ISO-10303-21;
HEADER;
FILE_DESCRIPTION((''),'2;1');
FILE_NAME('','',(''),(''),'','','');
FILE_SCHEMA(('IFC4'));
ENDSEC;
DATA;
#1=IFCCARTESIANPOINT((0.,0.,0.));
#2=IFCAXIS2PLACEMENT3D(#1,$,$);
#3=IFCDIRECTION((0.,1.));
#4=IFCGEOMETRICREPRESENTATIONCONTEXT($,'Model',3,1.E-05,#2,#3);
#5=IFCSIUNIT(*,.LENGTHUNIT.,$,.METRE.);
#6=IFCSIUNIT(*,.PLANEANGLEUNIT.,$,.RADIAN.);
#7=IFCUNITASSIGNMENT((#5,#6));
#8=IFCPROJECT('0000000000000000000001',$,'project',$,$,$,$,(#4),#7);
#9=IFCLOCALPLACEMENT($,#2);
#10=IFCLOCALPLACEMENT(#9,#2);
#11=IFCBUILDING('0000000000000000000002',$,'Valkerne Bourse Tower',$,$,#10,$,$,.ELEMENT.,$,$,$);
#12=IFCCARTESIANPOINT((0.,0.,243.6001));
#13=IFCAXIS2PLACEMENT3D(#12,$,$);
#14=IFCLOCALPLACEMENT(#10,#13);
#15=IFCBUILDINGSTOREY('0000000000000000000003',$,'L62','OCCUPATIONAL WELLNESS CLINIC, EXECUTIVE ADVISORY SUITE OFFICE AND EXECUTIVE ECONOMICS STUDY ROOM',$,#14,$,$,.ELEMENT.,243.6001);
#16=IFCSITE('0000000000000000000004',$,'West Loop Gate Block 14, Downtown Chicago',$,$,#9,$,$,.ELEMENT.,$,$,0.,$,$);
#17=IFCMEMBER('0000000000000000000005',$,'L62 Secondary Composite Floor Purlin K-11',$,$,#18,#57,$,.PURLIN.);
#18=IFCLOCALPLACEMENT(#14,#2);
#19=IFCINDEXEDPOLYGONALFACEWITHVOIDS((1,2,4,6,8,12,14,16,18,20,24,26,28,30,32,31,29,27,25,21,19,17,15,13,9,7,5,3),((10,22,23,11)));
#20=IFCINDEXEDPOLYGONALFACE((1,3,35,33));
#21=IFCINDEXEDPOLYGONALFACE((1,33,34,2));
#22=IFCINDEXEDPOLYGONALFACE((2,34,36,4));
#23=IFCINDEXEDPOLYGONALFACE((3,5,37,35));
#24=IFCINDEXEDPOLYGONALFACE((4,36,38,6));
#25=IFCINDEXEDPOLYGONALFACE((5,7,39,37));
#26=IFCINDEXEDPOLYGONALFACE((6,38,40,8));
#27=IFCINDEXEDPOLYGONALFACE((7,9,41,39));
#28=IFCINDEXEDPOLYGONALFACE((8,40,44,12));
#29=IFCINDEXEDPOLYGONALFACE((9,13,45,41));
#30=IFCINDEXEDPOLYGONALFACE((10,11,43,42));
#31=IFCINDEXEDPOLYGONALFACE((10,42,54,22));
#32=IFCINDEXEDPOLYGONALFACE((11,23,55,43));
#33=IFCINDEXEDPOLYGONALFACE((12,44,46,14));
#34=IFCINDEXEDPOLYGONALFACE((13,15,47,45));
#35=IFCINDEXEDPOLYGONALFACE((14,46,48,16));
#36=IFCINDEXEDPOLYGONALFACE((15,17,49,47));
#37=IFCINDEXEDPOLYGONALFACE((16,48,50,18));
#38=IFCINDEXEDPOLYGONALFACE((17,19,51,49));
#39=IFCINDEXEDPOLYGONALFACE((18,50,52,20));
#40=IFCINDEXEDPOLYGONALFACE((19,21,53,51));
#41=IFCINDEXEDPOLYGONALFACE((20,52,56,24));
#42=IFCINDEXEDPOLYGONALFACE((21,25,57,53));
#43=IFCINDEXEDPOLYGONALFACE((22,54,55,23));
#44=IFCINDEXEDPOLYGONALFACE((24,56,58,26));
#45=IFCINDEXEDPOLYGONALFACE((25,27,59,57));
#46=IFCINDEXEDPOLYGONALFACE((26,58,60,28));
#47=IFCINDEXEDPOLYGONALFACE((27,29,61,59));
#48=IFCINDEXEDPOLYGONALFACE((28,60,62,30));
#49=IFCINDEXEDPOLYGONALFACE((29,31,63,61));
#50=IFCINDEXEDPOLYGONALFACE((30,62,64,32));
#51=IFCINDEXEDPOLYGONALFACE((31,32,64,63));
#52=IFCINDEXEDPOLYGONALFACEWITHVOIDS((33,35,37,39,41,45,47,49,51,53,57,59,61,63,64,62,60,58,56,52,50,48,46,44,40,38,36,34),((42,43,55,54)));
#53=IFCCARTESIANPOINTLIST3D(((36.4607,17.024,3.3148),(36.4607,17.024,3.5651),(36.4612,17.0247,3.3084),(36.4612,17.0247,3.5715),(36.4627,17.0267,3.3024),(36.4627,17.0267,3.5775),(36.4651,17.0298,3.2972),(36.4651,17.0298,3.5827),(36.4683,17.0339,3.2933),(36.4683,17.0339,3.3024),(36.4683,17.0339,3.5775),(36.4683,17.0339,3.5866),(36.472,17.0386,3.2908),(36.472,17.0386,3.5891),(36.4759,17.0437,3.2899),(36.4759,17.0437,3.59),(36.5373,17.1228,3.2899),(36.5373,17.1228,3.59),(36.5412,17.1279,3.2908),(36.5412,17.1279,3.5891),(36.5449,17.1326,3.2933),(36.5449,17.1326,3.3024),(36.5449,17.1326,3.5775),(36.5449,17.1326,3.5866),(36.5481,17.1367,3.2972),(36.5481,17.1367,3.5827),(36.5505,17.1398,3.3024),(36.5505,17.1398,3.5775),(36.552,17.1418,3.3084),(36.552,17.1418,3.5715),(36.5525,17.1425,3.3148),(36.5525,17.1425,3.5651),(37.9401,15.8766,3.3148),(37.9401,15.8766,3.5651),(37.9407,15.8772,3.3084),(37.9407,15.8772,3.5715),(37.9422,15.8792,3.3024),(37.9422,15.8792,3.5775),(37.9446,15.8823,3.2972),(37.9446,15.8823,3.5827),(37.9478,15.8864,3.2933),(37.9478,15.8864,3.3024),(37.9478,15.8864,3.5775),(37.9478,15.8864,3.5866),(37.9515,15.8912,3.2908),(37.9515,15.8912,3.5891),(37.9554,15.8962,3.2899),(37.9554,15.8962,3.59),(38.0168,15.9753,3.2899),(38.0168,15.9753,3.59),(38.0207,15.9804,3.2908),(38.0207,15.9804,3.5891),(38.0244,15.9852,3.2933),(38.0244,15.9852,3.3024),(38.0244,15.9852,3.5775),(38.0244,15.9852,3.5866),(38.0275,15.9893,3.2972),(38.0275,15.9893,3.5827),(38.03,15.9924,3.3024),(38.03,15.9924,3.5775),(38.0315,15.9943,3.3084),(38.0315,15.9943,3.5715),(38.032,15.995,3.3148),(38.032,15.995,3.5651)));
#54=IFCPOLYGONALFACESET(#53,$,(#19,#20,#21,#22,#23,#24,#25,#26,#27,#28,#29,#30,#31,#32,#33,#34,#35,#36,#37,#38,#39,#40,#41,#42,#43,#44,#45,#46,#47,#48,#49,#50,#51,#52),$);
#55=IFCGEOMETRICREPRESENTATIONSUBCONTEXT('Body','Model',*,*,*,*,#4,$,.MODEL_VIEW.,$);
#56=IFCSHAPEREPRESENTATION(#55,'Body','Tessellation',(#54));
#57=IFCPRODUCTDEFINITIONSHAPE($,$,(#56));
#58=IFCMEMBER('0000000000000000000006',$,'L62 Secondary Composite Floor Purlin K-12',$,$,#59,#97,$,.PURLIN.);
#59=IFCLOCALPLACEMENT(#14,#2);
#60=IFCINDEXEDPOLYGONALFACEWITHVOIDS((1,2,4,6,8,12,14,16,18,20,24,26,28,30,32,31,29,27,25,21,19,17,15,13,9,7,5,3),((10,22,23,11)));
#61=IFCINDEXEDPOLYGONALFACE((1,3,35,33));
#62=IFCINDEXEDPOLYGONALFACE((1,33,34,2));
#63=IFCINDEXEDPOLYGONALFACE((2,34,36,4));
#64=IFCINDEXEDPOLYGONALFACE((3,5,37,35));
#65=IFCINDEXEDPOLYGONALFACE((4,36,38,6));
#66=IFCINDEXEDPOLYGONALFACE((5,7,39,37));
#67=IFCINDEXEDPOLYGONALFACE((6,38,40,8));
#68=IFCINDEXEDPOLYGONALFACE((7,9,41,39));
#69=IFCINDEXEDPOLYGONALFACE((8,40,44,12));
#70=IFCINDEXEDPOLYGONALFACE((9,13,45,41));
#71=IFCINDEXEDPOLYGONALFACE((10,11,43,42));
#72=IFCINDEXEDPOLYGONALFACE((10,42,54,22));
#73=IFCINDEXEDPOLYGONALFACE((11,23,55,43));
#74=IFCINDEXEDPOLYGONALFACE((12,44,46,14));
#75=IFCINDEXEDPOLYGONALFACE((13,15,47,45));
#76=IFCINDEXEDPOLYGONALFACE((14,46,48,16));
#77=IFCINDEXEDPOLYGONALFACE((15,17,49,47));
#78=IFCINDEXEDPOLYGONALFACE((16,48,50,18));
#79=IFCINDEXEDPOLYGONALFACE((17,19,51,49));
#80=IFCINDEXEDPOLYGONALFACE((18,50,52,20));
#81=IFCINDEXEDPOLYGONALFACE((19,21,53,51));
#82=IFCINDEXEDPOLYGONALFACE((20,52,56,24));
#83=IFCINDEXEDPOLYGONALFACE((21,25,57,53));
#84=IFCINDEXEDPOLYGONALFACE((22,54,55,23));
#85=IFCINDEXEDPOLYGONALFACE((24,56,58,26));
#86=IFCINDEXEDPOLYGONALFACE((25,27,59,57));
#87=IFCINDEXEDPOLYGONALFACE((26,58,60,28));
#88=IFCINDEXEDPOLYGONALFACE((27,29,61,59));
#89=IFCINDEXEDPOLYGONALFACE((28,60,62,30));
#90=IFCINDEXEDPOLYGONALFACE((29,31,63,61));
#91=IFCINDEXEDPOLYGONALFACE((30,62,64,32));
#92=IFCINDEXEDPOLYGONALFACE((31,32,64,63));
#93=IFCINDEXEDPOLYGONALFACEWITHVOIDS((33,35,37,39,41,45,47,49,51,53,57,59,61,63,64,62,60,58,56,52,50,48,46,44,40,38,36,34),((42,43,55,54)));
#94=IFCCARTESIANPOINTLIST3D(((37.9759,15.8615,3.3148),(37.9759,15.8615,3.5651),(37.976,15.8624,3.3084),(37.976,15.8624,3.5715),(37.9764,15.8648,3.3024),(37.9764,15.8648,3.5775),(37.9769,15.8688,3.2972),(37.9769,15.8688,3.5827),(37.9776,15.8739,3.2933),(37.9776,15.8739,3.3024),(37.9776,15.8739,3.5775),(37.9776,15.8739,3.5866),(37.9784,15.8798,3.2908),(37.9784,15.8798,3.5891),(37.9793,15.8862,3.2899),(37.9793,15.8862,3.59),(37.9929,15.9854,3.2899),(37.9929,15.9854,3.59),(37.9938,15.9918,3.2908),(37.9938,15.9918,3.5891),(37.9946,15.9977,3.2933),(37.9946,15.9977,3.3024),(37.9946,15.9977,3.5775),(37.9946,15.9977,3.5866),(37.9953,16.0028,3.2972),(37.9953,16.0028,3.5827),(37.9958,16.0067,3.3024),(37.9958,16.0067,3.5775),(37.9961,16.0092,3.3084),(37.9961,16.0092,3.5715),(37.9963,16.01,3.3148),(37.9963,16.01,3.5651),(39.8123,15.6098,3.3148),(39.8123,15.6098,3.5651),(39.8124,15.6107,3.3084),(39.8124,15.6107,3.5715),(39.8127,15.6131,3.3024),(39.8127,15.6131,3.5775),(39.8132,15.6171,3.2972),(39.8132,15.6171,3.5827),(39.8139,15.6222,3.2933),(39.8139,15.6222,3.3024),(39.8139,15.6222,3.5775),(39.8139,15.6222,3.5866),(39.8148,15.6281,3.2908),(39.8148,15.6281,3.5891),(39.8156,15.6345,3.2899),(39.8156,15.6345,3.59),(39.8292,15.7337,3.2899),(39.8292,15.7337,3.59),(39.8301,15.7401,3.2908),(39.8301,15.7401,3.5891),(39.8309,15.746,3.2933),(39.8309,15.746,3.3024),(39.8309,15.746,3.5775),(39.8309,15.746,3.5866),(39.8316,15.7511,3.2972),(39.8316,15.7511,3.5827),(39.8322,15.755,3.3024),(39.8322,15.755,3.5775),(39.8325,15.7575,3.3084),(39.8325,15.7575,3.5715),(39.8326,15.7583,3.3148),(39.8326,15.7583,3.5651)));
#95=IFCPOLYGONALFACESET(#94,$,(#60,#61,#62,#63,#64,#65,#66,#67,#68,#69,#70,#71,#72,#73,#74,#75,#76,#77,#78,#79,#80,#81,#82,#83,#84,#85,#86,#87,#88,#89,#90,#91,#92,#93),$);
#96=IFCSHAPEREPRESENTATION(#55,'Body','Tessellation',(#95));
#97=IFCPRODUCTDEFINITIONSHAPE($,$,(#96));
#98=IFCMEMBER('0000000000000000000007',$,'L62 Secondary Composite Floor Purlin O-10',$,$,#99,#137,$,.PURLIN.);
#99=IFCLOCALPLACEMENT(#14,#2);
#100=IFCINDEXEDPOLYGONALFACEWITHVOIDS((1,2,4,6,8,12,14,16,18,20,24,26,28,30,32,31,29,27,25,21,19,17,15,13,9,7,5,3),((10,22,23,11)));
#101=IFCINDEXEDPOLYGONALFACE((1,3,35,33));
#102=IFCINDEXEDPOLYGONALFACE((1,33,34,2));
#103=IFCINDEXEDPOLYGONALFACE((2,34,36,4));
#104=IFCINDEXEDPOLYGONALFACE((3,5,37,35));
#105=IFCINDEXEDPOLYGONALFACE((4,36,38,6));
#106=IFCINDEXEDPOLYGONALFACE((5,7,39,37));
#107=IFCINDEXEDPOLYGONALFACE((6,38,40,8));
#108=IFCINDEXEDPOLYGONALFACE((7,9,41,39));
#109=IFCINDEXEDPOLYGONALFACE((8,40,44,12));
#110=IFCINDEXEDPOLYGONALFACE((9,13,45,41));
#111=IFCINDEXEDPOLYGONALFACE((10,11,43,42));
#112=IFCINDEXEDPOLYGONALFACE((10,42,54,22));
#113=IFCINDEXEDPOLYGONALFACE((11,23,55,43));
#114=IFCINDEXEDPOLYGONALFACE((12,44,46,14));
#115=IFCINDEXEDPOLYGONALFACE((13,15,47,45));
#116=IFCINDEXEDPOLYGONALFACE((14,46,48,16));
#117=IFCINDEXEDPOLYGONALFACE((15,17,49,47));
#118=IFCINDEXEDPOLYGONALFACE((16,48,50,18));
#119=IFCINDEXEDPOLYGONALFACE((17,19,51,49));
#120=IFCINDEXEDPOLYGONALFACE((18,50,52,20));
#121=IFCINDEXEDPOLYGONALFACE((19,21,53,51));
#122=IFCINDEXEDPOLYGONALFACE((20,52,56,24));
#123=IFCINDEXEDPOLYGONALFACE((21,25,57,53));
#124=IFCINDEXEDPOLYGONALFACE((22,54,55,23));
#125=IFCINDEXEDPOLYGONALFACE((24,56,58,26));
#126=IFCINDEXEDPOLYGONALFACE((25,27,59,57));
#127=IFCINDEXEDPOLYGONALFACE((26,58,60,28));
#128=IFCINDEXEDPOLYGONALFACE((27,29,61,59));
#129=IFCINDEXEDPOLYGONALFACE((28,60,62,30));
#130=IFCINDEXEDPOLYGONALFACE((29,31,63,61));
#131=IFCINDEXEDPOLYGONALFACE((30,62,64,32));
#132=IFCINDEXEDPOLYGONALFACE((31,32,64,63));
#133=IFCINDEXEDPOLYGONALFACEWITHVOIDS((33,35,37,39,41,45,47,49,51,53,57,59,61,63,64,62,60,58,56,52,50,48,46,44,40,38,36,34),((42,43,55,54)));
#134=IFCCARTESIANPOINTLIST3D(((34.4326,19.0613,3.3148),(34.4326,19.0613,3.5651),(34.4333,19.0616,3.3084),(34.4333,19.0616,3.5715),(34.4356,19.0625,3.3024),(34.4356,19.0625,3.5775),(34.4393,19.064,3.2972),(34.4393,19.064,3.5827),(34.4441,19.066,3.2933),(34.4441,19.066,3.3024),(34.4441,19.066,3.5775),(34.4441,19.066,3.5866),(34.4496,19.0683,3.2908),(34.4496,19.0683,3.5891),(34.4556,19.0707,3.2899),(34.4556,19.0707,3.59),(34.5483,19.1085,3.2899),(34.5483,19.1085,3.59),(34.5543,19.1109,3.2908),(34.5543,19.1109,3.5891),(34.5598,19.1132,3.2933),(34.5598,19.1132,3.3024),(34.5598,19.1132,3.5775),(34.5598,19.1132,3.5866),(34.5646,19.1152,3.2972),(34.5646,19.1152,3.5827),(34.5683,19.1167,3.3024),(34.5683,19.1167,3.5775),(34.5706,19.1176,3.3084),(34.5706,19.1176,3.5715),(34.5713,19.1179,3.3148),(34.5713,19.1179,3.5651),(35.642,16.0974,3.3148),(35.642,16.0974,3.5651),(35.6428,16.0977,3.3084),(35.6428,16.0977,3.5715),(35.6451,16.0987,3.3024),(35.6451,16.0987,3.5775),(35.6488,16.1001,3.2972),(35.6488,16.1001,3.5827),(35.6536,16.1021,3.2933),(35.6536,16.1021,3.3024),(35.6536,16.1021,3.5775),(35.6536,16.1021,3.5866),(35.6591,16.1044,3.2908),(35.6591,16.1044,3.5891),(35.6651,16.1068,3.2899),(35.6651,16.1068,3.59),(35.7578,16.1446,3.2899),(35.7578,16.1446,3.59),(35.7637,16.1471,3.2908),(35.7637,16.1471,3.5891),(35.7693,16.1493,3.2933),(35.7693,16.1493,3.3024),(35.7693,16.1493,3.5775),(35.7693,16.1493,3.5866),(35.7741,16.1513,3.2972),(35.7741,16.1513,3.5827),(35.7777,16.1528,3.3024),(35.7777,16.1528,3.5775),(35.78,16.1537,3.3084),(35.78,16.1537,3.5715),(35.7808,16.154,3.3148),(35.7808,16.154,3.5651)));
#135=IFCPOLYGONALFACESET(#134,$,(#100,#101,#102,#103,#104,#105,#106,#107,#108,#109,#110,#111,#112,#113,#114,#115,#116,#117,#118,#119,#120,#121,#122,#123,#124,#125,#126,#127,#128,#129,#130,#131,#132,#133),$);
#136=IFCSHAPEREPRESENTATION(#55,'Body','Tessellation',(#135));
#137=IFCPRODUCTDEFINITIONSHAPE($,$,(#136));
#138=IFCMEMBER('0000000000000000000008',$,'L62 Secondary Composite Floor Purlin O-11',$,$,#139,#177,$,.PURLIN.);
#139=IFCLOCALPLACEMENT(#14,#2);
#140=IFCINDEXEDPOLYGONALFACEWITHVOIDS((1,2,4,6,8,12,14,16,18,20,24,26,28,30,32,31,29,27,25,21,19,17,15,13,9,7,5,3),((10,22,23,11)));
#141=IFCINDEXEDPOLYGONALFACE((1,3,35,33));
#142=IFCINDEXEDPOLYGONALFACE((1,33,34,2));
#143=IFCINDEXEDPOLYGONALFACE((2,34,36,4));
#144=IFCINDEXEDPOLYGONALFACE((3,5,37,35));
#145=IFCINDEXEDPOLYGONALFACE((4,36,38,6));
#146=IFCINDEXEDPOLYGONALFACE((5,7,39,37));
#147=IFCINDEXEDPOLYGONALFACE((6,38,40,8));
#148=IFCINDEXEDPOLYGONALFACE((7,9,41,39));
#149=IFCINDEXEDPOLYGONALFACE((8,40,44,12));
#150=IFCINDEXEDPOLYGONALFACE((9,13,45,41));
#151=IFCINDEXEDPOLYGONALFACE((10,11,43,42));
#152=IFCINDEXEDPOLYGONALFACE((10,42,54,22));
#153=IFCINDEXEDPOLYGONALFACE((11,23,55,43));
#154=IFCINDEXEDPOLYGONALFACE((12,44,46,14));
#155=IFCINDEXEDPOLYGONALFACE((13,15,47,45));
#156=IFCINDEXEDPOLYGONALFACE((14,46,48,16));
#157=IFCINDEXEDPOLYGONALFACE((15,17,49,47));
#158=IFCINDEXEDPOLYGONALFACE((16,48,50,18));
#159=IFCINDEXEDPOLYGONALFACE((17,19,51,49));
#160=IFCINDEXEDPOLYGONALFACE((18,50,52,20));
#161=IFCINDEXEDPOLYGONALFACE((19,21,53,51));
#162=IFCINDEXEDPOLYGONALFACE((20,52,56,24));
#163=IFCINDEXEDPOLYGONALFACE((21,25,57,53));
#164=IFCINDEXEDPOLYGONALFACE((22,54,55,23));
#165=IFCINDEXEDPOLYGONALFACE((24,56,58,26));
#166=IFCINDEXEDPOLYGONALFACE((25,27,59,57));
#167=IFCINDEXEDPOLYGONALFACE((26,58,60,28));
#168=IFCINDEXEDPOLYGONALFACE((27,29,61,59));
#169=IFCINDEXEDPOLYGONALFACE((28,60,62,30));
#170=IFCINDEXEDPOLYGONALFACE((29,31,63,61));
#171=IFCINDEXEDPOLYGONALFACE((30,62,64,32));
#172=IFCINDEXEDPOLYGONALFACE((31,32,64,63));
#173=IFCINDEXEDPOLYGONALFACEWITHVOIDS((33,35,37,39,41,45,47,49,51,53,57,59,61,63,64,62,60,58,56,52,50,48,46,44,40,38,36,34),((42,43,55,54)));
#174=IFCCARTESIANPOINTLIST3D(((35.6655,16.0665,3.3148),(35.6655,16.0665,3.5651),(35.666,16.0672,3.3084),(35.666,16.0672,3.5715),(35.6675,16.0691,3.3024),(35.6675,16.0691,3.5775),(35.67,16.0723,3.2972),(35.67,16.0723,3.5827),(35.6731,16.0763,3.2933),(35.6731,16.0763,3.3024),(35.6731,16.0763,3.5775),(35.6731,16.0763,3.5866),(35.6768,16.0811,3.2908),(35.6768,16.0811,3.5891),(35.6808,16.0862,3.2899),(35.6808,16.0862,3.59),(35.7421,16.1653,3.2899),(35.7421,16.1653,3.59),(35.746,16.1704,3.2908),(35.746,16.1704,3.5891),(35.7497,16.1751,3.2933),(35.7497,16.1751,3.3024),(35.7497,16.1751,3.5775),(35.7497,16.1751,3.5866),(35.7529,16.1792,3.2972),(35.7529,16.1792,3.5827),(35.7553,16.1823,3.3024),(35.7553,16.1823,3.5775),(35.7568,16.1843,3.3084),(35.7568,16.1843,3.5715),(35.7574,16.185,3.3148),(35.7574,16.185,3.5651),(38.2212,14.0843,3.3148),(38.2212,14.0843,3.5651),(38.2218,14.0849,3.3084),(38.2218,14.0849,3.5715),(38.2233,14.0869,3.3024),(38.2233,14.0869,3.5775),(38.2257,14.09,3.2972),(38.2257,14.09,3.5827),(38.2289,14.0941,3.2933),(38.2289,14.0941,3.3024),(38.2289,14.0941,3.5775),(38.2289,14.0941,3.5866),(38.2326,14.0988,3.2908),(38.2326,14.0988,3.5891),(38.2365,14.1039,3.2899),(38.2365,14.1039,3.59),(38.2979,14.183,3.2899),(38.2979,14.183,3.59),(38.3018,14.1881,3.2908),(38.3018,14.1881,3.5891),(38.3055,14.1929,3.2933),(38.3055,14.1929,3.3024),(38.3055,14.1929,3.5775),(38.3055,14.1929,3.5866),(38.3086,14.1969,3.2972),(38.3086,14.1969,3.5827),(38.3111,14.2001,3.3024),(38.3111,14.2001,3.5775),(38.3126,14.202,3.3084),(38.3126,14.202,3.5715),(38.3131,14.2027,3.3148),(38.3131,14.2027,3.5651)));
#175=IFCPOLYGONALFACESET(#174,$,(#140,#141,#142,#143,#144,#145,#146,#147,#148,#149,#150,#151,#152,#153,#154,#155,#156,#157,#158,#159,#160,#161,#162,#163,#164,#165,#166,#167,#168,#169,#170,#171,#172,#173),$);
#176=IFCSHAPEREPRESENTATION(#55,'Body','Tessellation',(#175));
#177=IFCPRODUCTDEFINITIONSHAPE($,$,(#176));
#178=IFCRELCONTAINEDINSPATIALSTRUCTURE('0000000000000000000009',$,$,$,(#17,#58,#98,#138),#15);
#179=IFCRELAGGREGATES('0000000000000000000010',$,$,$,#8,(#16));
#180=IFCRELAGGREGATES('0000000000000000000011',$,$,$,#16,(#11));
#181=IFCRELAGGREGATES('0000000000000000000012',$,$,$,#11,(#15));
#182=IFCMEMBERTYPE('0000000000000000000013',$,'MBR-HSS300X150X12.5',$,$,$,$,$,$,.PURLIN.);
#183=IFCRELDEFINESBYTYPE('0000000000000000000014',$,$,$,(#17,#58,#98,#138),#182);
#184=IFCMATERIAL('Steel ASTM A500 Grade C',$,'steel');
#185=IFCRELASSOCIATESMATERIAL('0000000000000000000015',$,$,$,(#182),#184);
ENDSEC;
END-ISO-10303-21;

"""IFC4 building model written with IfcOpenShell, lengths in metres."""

from ifc_helpers import new_model, si_unit, direction, frame, origin, origin_2d, place, context, subcontext, project, spatial, hollow_rectangle, extrude, material, material_profile, profile_set, type_object, element, save


model = new_model("IFC4")

# Units and contexts
model_context = context("Model", 3, precision=1e-05, world=origin(), true_north=direction((0.0, 1.0)))
body_context = subcontext(model_context, "Body", "Model", "MODEL_VIEW")
ifc_project = project(units=[si_unit("LENGTHUNIT", "METRE"), si_unit("PLANEANGLEUNIT", "RADIAN")], contexts=[model_context])

# Site, building, storey
site_placement = place(None, origin())
site = spatial("IfcSite", under=ifc_project, at=site_placement, Name="West Loop Gate Block 14, Downtown Chicago", CompositionType="ELEMENT", RefElevation=0.0)
building_placement = place(site_placement, origin())
building = spatial("IfcBuilding", under=site, at=building_placement, Name="Valkerne Bourse Tower", CompositionType="ELEMENT")
storey_placement = place(building_placement, frame((0.0, 0.0, 243.6001)))
storey = spatial("IfcBuildingStorey", under=building, at=storey_placement, Name="L62", Description="OCCUPATIONAL WELLNESS CLINIC, EXECUTIVE ADVISORY SUITE OFFICE AND EXECUTIVE ECONOMICS STUDY ROOM", CompositionType="ELEMENT", Elevation=243.6001)

# Members
ifc_material_1 = material(Name="Steel ASTM A500 Grade C", Category="steel")
ifc_material_profile_1 = material_profile(ifc_material_1, hollow_rectangle(XDim=0.1499, YDim=0.3, WallThickness=0.0125, OuterFilletRadius=0.0249, at=origin_2d()), Name="HSS300X150X12.5")
ifc_profile_set_1 = profile_set([ifc_material_profile_1], Name="Steel ASTM A500 Grade C")
member_type_1 = type_object("IfcMemberType", Name="MBR-HSS300X150X12.5", PredefinedType="PURLIN", material=ifc_profile_set_1)
member_1_placement = place(storey_placement, frame((36.5066, 17.0833, 3.4399), z_axis=(0.790194, -0.612857, 0.0), x_axis=(0.612857, 0.790194, 0.0)))
element("IfcMember", 1, at=member_1_placement, inside=storey, type_object=member_type_1, Name="L62 Secondary Composite Floor Purlin K-11", PredefinedType="PURLIN", context=body_context, shape_type="SweptSolid", body=[
    extrude(hollow_rectangle(XDim=0.1499, YDim=0.3, WallThickness=0.0125, OuterFilletRadius=0.0249, at=origin_2d()), origin(), (0.0, 0.0, 1.0), 1.8723),
])
member_2_placement = place(storey_placement, frame((37.9861, 15.9358, 3.4399), z_axis=(0.990737, -0.135795, 0.0), x_axis=(0.135795, 0.990737, 0.0)))
element("IfcMember", 2, at=member_2_placement, inside=storey, type_object=member_type_1, Name="L62 Secondary Composite Floor Purlin K-12", PredefinedType="PURLIN", context=body_context, shape_type="SweptSolid", body=[
    extrude(hollow_rectangle(XDim=0.1499, YDim=0.3, WallThickness=0.0125, OuterFilletRadius=0.0249, at=origin_2d()), origin(), (0.0, 0.0, 1.0), 1.8535),
])
member_3_placement = place(storey_placement, frame((34.502, 19.0896, 3.4399), z_axis=(0.377825, -0.925877, 0.0), x_axis=(0.925877, 0.377825, 0.0)))
element("IfcMember", 3, at=member_3_placement, inside=storey, type_object=member_type_1, Name="L62 Secondary Composite Floor Purlin O-10", PredefinedType="PURLIN", context=body_context, shape_type="SweptSolid", body=[
    extrude(hollow_rectangle(XDim=0.1499, YDim=0.3, WallThickness=0.0125, OuterFilletRadius=0.0249, at=origin_2d()), origin(), (0.0, 0.0, 1.0), 3.2012),
])
member_4_placement = place(storey_placement, frame((35.7114, 16.1257, 3.4399), z_axis=(0.790185, -0.612869, 0.0), x_axis=(0.612869, 0.790185, 0.0)))
element("IfcMember", 4, at=member_4_placement, inside=storey, type_object=member_type_1, Name="L62 Secondary Composite Floor Purlin O-11", PredefinedType="PURLIN", context=body_context, shape_type="SweptSolid", body=[
    extrude(hollow_rectangle(XDim=0.1499, YDim=0.3, WallThickness=0.0125, OuterFilletRadius=0.0249, at=origin_2d()), origin(), (0.0, 0.0, 1.0), 3.2344),
])

save(model, "model.ifc")
